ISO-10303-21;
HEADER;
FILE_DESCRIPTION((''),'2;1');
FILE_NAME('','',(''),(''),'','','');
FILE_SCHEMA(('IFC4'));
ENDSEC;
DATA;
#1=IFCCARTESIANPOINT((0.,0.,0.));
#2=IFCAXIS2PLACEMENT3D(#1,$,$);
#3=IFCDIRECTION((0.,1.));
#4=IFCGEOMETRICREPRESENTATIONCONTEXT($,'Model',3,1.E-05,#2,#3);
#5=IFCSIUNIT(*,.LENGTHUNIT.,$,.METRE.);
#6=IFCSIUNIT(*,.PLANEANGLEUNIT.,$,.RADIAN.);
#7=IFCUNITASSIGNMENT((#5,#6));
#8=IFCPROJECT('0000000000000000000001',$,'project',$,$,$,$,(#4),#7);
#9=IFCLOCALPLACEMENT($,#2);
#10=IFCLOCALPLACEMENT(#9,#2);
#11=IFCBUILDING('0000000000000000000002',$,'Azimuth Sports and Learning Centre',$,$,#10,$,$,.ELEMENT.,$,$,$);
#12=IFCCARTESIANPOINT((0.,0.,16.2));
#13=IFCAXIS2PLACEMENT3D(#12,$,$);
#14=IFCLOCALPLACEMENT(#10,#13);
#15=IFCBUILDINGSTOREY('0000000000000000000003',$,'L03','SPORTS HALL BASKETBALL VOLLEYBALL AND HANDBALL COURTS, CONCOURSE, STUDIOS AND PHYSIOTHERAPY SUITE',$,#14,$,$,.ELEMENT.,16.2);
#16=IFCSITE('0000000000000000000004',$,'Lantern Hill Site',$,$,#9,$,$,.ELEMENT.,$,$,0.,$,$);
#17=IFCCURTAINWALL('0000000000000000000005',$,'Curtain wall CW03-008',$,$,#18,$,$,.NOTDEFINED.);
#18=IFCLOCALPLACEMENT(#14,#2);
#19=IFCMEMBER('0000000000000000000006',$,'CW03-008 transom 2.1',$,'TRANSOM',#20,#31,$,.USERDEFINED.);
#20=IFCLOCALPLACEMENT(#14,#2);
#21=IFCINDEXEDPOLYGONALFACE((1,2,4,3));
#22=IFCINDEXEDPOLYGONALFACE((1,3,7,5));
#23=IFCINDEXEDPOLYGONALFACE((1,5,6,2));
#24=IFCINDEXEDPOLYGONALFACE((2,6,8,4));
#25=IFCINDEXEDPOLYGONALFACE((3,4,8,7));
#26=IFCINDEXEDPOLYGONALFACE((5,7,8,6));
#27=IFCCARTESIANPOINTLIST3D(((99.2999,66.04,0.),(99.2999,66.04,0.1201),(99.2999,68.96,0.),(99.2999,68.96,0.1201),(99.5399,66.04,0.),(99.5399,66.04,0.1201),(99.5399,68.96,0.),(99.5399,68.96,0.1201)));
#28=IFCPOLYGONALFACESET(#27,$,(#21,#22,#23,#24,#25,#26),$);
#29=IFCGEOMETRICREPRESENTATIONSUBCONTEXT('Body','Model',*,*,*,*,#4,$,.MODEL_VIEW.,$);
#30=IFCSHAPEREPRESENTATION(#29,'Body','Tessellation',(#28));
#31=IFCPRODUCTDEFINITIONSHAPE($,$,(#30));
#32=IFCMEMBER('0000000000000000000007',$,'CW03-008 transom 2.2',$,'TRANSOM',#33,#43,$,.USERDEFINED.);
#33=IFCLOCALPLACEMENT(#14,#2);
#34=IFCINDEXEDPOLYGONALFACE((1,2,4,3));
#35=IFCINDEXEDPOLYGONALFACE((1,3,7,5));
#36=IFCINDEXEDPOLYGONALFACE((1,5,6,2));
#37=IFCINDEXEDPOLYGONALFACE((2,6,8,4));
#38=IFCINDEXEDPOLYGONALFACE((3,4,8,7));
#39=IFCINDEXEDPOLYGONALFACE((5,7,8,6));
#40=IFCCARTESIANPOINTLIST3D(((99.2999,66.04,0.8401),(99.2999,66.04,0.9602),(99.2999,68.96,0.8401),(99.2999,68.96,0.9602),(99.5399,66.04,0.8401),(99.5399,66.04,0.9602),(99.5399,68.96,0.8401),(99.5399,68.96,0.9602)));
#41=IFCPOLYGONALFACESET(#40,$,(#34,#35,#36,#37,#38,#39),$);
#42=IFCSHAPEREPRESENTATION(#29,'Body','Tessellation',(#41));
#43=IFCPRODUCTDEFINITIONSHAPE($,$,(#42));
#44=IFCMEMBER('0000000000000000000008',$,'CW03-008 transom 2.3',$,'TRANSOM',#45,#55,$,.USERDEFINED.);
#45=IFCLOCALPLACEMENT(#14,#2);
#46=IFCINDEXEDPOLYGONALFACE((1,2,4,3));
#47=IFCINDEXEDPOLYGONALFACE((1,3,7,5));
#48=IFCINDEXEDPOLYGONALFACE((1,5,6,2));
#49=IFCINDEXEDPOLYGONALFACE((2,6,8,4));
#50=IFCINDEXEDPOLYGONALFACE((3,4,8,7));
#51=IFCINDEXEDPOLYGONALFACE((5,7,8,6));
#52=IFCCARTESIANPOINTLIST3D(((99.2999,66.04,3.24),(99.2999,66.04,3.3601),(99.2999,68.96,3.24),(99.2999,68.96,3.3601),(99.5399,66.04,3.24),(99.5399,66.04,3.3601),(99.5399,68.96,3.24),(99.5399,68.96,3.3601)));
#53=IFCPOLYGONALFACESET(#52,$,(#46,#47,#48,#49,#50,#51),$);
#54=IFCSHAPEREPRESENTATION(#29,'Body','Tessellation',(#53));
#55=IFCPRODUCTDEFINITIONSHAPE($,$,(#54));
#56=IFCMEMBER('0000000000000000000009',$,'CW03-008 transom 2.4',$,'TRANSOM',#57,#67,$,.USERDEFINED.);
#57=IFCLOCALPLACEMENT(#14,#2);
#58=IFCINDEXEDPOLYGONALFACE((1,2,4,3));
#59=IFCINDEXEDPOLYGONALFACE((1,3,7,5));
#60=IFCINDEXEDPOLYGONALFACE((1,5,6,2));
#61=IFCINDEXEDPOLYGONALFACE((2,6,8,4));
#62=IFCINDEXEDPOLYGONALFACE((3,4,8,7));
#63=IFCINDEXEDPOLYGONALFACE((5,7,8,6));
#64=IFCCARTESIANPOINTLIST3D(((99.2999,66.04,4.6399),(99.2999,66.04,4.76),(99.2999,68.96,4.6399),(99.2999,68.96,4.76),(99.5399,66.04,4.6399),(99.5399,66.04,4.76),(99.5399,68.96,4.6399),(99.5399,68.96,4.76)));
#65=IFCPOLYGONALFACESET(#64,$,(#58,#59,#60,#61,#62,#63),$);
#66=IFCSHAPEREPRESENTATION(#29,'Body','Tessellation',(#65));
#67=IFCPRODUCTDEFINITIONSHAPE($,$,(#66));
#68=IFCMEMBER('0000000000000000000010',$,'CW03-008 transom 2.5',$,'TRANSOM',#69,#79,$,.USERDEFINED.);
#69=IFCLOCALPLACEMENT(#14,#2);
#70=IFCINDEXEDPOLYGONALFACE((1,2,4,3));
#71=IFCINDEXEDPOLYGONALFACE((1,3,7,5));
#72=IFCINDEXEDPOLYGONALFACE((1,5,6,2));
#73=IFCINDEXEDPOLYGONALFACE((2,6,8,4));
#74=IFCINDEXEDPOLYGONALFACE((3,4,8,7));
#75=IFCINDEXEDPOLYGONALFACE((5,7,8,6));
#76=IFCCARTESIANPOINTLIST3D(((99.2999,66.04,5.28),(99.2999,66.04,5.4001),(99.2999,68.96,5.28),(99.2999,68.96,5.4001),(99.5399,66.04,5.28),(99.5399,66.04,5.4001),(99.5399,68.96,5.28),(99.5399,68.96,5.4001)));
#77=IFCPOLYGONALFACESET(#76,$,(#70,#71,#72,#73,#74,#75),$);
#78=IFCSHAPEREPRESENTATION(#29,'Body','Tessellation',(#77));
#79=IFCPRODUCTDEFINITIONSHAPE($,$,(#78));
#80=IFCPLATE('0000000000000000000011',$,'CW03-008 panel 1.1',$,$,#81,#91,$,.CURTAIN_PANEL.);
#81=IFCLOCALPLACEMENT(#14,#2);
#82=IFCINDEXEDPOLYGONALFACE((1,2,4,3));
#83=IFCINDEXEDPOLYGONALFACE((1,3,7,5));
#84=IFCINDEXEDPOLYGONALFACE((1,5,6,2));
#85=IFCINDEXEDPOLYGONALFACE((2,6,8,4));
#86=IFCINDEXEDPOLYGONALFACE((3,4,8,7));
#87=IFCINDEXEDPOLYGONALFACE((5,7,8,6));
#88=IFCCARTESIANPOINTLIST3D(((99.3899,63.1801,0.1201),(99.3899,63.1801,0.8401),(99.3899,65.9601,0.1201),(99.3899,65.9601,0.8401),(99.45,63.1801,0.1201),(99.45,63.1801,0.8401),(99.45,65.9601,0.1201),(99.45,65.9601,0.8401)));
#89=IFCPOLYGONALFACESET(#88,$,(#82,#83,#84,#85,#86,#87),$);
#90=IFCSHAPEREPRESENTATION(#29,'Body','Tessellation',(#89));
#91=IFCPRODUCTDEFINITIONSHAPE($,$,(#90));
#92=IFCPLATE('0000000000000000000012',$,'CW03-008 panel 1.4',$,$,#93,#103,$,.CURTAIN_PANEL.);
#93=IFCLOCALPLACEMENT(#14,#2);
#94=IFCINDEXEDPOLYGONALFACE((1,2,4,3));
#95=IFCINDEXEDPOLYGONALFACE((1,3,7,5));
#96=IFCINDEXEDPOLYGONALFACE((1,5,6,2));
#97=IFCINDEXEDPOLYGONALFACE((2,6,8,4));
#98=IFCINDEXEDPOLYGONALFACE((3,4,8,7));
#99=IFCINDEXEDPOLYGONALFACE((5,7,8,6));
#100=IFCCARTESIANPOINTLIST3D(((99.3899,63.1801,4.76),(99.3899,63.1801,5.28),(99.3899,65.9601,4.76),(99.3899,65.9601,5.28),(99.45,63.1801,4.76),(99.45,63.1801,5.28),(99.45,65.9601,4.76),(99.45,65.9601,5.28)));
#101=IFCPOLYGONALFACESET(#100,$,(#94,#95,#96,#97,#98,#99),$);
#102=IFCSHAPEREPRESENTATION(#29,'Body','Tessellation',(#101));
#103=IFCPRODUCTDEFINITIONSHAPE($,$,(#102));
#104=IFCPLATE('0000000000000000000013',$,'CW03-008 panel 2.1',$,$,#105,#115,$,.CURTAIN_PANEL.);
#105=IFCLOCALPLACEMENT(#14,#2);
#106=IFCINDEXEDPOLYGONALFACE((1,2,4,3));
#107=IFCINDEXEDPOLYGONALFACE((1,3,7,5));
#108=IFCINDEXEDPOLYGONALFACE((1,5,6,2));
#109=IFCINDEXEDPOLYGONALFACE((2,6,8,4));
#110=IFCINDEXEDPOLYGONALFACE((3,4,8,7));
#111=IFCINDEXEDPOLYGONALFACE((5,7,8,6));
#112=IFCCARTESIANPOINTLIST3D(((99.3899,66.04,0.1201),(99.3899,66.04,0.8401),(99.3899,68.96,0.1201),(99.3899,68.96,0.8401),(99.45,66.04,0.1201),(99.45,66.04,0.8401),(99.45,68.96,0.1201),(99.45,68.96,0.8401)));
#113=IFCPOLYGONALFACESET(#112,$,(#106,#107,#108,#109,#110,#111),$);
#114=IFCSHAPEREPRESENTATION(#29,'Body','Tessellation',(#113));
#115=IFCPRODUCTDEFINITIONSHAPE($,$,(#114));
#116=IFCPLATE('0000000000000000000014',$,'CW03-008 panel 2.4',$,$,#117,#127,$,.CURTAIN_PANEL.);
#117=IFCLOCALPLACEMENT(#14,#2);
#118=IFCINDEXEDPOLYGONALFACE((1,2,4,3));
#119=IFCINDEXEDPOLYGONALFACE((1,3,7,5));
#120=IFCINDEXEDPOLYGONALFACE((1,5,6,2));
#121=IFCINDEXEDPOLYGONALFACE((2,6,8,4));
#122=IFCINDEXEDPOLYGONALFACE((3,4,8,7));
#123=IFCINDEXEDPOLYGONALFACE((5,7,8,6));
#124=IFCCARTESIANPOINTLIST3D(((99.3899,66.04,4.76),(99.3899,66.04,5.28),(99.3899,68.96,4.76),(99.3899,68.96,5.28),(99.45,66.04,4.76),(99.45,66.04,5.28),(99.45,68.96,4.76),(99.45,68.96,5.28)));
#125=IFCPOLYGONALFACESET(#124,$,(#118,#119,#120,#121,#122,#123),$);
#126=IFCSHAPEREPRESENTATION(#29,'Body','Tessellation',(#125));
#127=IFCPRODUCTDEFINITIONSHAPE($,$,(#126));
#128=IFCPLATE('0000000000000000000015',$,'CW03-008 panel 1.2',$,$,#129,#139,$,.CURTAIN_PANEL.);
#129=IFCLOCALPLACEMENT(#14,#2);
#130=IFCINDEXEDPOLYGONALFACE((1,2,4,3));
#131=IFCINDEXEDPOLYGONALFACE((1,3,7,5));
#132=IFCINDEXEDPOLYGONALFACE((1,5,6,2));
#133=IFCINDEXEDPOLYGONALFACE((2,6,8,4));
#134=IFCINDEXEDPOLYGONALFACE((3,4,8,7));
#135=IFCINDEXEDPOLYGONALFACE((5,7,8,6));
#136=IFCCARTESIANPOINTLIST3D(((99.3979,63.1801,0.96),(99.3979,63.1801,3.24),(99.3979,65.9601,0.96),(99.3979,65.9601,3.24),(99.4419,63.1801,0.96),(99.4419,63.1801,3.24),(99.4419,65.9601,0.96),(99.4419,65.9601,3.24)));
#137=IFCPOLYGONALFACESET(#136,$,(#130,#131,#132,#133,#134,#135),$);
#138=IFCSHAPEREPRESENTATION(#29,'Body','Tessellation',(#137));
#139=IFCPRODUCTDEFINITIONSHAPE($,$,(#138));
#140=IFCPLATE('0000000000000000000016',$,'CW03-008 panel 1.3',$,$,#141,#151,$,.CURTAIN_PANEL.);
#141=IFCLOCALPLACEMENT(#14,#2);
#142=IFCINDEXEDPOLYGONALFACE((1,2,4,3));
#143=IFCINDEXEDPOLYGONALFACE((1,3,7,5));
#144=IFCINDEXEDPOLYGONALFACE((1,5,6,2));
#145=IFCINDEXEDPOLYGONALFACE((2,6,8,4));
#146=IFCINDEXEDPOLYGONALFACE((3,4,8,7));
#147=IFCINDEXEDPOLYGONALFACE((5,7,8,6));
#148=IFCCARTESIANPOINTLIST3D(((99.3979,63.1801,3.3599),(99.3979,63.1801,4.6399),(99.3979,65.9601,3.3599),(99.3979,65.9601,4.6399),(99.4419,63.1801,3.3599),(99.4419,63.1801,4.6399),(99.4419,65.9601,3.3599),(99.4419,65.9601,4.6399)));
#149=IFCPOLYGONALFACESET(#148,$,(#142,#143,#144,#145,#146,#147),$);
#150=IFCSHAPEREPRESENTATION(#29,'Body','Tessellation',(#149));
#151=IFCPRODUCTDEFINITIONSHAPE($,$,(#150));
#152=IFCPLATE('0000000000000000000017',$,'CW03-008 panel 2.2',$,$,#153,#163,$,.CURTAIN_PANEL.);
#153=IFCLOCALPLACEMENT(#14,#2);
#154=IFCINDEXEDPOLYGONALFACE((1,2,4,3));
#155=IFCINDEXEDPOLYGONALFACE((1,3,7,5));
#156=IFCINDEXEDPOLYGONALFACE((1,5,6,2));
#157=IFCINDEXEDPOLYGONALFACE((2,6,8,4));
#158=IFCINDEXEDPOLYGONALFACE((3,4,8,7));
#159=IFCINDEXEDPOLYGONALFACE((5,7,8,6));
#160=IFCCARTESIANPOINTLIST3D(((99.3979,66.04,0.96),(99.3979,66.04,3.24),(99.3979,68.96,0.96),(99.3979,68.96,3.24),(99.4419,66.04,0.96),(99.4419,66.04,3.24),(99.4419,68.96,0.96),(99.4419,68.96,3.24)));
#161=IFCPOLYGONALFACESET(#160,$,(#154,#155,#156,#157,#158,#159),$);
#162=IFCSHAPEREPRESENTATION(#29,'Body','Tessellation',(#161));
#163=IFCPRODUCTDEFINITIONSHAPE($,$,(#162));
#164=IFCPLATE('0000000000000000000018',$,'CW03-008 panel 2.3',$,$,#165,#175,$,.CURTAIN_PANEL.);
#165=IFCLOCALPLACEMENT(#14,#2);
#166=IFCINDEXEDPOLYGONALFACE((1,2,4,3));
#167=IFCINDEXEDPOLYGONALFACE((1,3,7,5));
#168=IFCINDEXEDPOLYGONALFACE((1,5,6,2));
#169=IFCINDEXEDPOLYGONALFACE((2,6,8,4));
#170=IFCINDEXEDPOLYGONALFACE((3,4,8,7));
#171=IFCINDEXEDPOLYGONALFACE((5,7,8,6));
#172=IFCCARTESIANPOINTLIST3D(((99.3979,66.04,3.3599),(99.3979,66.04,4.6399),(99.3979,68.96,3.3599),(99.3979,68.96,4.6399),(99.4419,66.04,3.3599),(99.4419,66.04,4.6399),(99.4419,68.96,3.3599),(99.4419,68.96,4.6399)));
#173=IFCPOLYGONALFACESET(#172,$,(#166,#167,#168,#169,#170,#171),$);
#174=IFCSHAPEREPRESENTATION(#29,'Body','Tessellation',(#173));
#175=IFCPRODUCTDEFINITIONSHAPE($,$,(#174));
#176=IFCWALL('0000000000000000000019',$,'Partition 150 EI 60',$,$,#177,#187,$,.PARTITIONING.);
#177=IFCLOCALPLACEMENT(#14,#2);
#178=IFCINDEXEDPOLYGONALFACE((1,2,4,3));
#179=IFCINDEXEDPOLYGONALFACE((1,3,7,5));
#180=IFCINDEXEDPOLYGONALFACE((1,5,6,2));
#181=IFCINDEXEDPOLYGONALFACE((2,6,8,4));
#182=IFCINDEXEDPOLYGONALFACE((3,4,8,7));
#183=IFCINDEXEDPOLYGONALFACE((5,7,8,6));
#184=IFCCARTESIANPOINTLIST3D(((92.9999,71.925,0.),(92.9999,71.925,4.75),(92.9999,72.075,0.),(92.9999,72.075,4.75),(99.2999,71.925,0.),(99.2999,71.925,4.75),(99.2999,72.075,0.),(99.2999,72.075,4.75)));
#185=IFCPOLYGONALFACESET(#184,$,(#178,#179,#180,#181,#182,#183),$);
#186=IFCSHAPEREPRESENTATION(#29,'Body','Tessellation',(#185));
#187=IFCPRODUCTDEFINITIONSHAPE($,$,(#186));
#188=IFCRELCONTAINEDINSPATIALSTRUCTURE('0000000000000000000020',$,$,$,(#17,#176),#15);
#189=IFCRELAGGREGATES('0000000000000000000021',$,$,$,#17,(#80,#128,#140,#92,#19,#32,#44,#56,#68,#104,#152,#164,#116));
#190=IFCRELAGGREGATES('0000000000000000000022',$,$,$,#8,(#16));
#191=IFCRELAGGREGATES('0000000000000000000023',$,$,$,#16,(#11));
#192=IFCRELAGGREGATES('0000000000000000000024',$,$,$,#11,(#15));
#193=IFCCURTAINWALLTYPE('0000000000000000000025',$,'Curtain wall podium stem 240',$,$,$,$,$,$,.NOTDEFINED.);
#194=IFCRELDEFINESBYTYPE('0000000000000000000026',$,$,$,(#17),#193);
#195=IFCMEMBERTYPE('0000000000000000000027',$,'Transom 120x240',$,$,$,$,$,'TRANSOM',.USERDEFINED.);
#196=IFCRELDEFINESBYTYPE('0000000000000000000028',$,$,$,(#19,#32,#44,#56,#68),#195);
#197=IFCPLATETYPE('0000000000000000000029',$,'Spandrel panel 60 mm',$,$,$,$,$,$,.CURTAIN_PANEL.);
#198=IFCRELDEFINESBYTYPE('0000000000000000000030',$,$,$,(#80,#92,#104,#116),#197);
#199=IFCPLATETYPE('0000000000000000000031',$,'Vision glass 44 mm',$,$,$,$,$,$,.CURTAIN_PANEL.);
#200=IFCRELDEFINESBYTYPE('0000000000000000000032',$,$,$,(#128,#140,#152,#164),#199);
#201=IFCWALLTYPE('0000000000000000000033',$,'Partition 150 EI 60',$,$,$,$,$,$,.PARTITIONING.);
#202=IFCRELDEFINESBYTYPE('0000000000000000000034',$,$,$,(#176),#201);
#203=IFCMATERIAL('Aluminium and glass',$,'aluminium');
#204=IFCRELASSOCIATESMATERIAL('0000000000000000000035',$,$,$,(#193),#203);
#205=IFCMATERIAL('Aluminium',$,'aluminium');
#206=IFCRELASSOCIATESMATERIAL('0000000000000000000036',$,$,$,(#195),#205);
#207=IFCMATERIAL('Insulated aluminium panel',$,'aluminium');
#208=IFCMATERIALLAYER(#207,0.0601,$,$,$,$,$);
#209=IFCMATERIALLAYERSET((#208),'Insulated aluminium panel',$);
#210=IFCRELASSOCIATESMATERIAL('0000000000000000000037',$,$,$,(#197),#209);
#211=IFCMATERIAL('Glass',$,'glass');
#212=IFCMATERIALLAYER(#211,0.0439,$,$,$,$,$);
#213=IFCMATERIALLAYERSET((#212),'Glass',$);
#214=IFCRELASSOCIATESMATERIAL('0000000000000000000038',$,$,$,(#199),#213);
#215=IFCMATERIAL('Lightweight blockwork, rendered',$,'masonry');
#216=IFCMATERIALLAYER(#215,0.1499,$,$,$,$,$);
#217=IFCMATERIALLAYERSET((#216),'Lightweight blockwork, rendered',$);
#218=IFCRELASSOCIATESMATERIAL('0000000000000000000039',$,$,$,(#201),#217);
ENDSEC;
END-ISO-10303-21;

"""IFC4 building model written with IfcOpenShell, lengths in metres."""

from ifc_helpers import new_model, si_unit, direction, frame, frame_2d, origin, origin_2d, place, context, subcontext, project, spatial, rectangle, extrude, material, layer, layer_set, material_profile, profile_set, type_object, element, aggregate, save


model = new_model("IFC4")

# Units and contexts
model_context = context("Model", 3, precision=1e-05, world=origin(), true_north=direction((0.0, 1.0)))
body_context = subcontext(model_context, "Body", "Model", "MODEL_VIEW")
ifc_project = project(units=[si_unit("LENGTHUNIT", "METRE"), si_unit("PLANEANGLEUNIT", "RADIAN")], contexts=[model_context])

# Site, building, storey
site_placement = place(None, origin())
site = spatial("IfcSite", under=ifc_project, at=site_placement, Name="Lantern Hill Site", CompositionType="ELEMENT", RefElevation=0.0)
building_placement = place(site_placement, origin())
building = spatial("IfcBuilding", under=site, at=building_placement, Name="Azimuth Sports and Learning Centre", CompositionType="ELEMENT")
storey_placement = place(building_placement, frame((0.0, 0.0, 16.2)))
storey = spatial("IfcBuildingStorey", under=building, at=storey_placement, Name="L03", Description="SPORTS HALL BASKETBALL VOLLEYBALL AND HANDBALL COURTS, CONCOURSE, STUDIOS AND PHYSIOTHERAPY SUITE", CompositionType="ELEMENT", Elevation=16.2)

# Curtain wall, members, plates
ifc_material_1 = material(Name="Aluminium and glass", Category="aluminium")
curtain_wall_type = type_object("IfcCurtainWallType", Name="Curtain wall podium stem 240", PredefinedType="NOTDEFINED", material=ifc_material_1)
curtain_wall_placement = place(storey_placement, origin())
curtain_wall = element("IfcCurtainWall", 1, at=curtain_wall_placement, inside=storey, type_object=curtain_wall_type, Name="Curtain wall CW03-008", PredefinedType="NOTDEFINED")
ifc_material_2 = material(Name="Aluminium", Category="aluminium")
ifc_material_profile_1 = material_profile(ifc_material_2, rectangle(XDim=0.24, YDim=0.1201, at=origin_2d()), Name="Transom 120x240")
ifc_profile_set_1 = profile_set([ifc_material_profile_1], Name="Aluminium")
member_type_1 = type_object("IfcMemberType", Name="Transom 120x240", ElementType="TRANSOM", PredefinedType="USERDEFINED", material=ifc_profile_set_1)
member_1_placement = place(storey_placement, frame((99.4199, 66.04, 0.0601), z_axis=(0.0, 1.0, 0.0), x_axis=(-1.0, 0.0, 0.0)))
member_1 = element("IfcMember", 2, at=member_1_placement, type_object=member_type_1, Name="CW03-008 transom 2.1", ObjectType="TRANSOM", PredefinedType="USERDEFINED", context=body_context, shape_type="SweptSolid", body=[
    extrude(rectangle(XDim=0.24, YDim=0.1201, at=origin_2d()), origin(), (0.0, 0.0, 1.0), 2.9199),
])
member_2_placement = place(storey_placement, frame((99.4199, 66.04, 0.9001), z_axis=(0.0, 1.0, 0.0), x_axis=(-1.0, 0.0, 0.0)))
member_2 = element("IfcMember", 3, at=member_2_placement, type_object=member_type_1, Name="CW03-008 transom 2.2", ObjectType="TRANSOM", PredefinedType="USERDEFINED", context=body_context, shape_type="SweptSolid", body=[
    extrude(rectangle(XDim=0.24, YDim=0.1201, at=origin_2d()), origin(), (0.0, 0.0, 1.0), 2.9199),
])
member_3_placement = place(storey_placement, frame((99.4199, 66.04, 3.3), z_axis=(0.0, 1.0, 0.0), x_axis=(-1.0, 0.0, 0.0)))
member_3 = element("IfcMember", 4, at=member_3_placement, type_object=member_type_1, Name="CW03-008 transom 2.3", ObjectType="TRANSOM", PredefinedType="USERDEFINED", context=body_context, shape_type="SweptSolid", body=[
    extrude(rectangle(XDim=0.24, YDim=0.1201, at=origin_2d()), origin(), (0.0, 0.0, 1.0), 2.9199),
])
member_4_placement = place(storey_placement, frame((99.4199, 66.04, 4.7), z_axis=(0.0, 1.0, 0.0), x_axis=(-1.0, 0.0, 0.0)))
member_4 = element("IfcMember", 5, at=member_4_placement, type_object=member_type_1, Name="CW03-008 transom 2.4", ObjectType="TRANSOM", PredefinedType="USERDEFINED", context=body_context, shape_type="SweptSolid", body=[
    extrude(rectangle(XDim=0.24, YDim=0.1201, at=origin_2d()), origin(), (0.0, 0.0, 1.0), 2.9199),
])
member_5_placement = place(storey_placement, frame((99.4199, 66.04, 5.3401), z_axis=(0.0, 1.0, 0.0), x_axis=(-1.0, 0.0, 0.0)))
member_5 = element("IfcMember", 6, at=member_5_placement, type_object=member_type_1, Name="CW03-008 transom 2.5", ObjectType="TRANSOM", PredefinedType="USERDEFINED", context=body_context, shape_type="SweptSolid", body=[
    extrude(rectangle(XDim=0.24, YDim=0.1201, at=origin_2d()), origin(), (0.0, 0.0, 1.0), 2.9199),
])
ifc_material_3 = material(Name="Insulated aluminium panel", Category="aluminium")
ifc_layer_1 = layer(ifc_material_3, 0.0601)
ifc_layer_set_1 = layer_set([ifc_layer_1], Name="Insulated aluminium panel")
plate_type_1 = type_object("IfcPlateType", Name="Spandrel panel 60 mm", PredefinedType="CURTAIN_PANEL", material=ifc_layer_set_1)
plate_1_placement = place(storey_placement, frame((99.4199, 64.5701, 0.1201), z_axis=(0.0, 0.0, 1.0), x_axis=(0.0, 1.0, 0.0)))
plate_1 = element("IfcPlate", 7, at=plate_1_placement, type_object=plate_type_1, Name="CW03-008 panel 1.1", PredefinedType="CURTAIN_PANEL", context=body_context, shape_type="SweptSolid", body=[
    extrude(rectangle(XDim=2.78, YDim=0.0601, at=origin_2d()), origin(), (0.0, 0.0, 1.0), 0.72),
])
plate_2_placement = place(storey_placement, frame((99.4199, 64.5701, 4.76), z_axis=(0.0, 0.0, 1.0), x_axis=(0.0, 1.0, 0.0)))
plate_2 = element("IfcPlate", 8, at=plate_2_placement, type_object=plate_type_1, Name="CW03-008 panel 1.4", PredefinedType="CURTAIN_PANEL", context=body_context, shape_type="SweptSolid", body=[
    extrude(rectangle(XDim=2.78, YDim=0.0601, at=origin_2d()), origin(), (0.0, 0.0, 1.0), 0.52),
])
plate_3_placement = place(storey_placement, frame((99.4199, 67.5, 0.1201), z_axis=(0.0, 0.0, 1.0), x_axis=(0.0, 1.0, 0.0)))
plate_3 = element("IfcPlate", 9, at=plate_3_placement, type_object=plate_type_1, Name="CW03-008 panel 2.1", PredefinedType="CURTAIN_PANEL", context=body_context, shape_type="SweptSolid", body=[
    extrude(rectangle(XDim=2.9199, YDim=0.0601, at=origin_2d()), origin(), (0.0, 0.0, 1.0), 0.72),
])
plate_4_placement = place(storey_placement, frame((99.4199, 67.5, 4.76), z_axis=(0.0, 0.0, 1.0), x_axis=(0.0, 1.0, 0.0)))
plate_4 = element("IfcPlate", 10, at=plate_4_placement, type_object=plate_type_1, Name="CW03-008 panel 2.4", PredefinedType="CURTAIN_PANEL", context=body_context, shape_type="SweptSolid", body=[
    extrude(rectangle(XDim=2.9199, YDim=0.0601, at=origin_2d()), origin(), (0.0, 0.0, 1.0), 0.52),
])
ifc_material_4 = material(Name="Glass", Category="glass")
ifc_layer_2 = layer(ifc_material_4, 0.0439)
ifc_layer_set_2 = layer_set([ifc_layer_2], Name="Glass")
plate_type_2 = type_object("IfcPlateType", Name="Vision glass 44 mm", PredefinedType="CURTAIN_PANEL", material=ifc_layer_set_2)
plate_5_placement = place(storey_placement, frame((99.4199, 64.5701, 0.96), z_axis=(0.0, 0.0, 1.0), x_axis=(0.0, 1.0, 0.0)))
plate_5 = element("IfcPlate", 11, at=plate_5_placement, type_object=plate_type_2, Name="CW03-008 panel 1.2", PredefinedType="CURTAIN_PANEL", context=body_context, shape_type="SweptSolid", body=[
    extrude(rectangle(XDim=2.78, YDim=0.0439, at=origin_2d()), origin(), (0.0, 0.0, 1.0), 2.28),
])
plate_6_placement = place(storey_placement, frame((99.4199, 64.5701, 3.3599), z_axis=(0.0, 0.0, 1.0), x_axis=(0.0, 1.0, 0.0)))
plate_6 = element("IfcPlate", 12, at=plate_6_placement, type_object=plate_type_2, Name="CW03-008 panel 1.3", PredefinedType="CURTAIN_PANEL", context=body_context, shape_type="SweptSolid", body=[
    extrude(rectangle(XDim=2.78, YDim=0.0439, at=origin_2d()), origin(), (0.0, 0.0, 1.0), 1.28),
])
plate_7_placement = place(storey_placement, frame((99.4199, 67.5, 0.96), z_axis=(0.0, 0.0, 1.0), x_axis=(0.0, 1.0, 0.0)))
plate_7 = element("IfcPlate", 13, at=plate_7_placement, type_object=plate_type_2, Name="CW03-008 panel 2.2", PredefinedType="CURTAIN_PANEL", context=body_context, shape_type="SweptSolid", body=[
    extrude(rectangle(XDim=2.9199, YDim=0.0439, at=origin_2d()), origin(), (0.0, 0.0, 1.0), 2.28),
])
plate_8_placement = place(storey_placement, frame((99.4199, 67.5, 3.3599), z_axis=(0.0, 0.0, 1.0), x_axis=(0.0, 1.0, 0.0)))
plate_8 = element("IfcPlate", 14, at=plate_8_placement, type_object=plate_type_2, Name="CW03-008 panel 2.3", PredefinedType="CURTAIN_PANEL", context=body_context, shape_type="SweptSolid", body=[
    extrude(rectangle(XDim=2.9199, YDim=0.0439, at=origin_2d()), origin(), (0.0, 0.0, 1.0), 1.28),
])
aggregate(curtain_wall, [plate_1, plate_5, plate_6, plate_2, member_1, member_2, member_3, member_4, member_5, plate_3, plate_7, plate_8, plate_4])

# Wall
ifc_material_5 = material(Name="Lightweight blockwork, rendered", Category="masonry")
ifc_layer_3 = layer(ifc_material_5, 0.1499)
ifc_layer_set_3 = layer_set([ifc_layer_3], Name="Lightweight blockwork, rendered")
wall_type = type_object("IfcWallType", Name="Partition 150 EI 60", PredefinedType="PARTITIONING", material=ifc_layer_set_3)
for number, where, z_axis, x_axis, name in (
    (15, (93.0, 72.0, 0.0), (0.0, 0.0, 1.0), (1.0, 0.0, 0.0), "Partition 150 EI 60"),
):
    element("IfcWall", number, at=place(storey_placement, frame(where, z_axis=z_axis, x_axis=x_axis)), inside=storey, type_object=wall_type, Name=name, PredefinedType="PARTITIONING", context=body_context, shape_type="SweptSolid", body=[
        extrude(rectangle(XDim=6.3, YDim=0.1499, at=frame_2d((3.1499, 0.0))), origin(), (0.0, 0.0, 1.0), 4.75),
    ])

save(model, "model.ifc")
